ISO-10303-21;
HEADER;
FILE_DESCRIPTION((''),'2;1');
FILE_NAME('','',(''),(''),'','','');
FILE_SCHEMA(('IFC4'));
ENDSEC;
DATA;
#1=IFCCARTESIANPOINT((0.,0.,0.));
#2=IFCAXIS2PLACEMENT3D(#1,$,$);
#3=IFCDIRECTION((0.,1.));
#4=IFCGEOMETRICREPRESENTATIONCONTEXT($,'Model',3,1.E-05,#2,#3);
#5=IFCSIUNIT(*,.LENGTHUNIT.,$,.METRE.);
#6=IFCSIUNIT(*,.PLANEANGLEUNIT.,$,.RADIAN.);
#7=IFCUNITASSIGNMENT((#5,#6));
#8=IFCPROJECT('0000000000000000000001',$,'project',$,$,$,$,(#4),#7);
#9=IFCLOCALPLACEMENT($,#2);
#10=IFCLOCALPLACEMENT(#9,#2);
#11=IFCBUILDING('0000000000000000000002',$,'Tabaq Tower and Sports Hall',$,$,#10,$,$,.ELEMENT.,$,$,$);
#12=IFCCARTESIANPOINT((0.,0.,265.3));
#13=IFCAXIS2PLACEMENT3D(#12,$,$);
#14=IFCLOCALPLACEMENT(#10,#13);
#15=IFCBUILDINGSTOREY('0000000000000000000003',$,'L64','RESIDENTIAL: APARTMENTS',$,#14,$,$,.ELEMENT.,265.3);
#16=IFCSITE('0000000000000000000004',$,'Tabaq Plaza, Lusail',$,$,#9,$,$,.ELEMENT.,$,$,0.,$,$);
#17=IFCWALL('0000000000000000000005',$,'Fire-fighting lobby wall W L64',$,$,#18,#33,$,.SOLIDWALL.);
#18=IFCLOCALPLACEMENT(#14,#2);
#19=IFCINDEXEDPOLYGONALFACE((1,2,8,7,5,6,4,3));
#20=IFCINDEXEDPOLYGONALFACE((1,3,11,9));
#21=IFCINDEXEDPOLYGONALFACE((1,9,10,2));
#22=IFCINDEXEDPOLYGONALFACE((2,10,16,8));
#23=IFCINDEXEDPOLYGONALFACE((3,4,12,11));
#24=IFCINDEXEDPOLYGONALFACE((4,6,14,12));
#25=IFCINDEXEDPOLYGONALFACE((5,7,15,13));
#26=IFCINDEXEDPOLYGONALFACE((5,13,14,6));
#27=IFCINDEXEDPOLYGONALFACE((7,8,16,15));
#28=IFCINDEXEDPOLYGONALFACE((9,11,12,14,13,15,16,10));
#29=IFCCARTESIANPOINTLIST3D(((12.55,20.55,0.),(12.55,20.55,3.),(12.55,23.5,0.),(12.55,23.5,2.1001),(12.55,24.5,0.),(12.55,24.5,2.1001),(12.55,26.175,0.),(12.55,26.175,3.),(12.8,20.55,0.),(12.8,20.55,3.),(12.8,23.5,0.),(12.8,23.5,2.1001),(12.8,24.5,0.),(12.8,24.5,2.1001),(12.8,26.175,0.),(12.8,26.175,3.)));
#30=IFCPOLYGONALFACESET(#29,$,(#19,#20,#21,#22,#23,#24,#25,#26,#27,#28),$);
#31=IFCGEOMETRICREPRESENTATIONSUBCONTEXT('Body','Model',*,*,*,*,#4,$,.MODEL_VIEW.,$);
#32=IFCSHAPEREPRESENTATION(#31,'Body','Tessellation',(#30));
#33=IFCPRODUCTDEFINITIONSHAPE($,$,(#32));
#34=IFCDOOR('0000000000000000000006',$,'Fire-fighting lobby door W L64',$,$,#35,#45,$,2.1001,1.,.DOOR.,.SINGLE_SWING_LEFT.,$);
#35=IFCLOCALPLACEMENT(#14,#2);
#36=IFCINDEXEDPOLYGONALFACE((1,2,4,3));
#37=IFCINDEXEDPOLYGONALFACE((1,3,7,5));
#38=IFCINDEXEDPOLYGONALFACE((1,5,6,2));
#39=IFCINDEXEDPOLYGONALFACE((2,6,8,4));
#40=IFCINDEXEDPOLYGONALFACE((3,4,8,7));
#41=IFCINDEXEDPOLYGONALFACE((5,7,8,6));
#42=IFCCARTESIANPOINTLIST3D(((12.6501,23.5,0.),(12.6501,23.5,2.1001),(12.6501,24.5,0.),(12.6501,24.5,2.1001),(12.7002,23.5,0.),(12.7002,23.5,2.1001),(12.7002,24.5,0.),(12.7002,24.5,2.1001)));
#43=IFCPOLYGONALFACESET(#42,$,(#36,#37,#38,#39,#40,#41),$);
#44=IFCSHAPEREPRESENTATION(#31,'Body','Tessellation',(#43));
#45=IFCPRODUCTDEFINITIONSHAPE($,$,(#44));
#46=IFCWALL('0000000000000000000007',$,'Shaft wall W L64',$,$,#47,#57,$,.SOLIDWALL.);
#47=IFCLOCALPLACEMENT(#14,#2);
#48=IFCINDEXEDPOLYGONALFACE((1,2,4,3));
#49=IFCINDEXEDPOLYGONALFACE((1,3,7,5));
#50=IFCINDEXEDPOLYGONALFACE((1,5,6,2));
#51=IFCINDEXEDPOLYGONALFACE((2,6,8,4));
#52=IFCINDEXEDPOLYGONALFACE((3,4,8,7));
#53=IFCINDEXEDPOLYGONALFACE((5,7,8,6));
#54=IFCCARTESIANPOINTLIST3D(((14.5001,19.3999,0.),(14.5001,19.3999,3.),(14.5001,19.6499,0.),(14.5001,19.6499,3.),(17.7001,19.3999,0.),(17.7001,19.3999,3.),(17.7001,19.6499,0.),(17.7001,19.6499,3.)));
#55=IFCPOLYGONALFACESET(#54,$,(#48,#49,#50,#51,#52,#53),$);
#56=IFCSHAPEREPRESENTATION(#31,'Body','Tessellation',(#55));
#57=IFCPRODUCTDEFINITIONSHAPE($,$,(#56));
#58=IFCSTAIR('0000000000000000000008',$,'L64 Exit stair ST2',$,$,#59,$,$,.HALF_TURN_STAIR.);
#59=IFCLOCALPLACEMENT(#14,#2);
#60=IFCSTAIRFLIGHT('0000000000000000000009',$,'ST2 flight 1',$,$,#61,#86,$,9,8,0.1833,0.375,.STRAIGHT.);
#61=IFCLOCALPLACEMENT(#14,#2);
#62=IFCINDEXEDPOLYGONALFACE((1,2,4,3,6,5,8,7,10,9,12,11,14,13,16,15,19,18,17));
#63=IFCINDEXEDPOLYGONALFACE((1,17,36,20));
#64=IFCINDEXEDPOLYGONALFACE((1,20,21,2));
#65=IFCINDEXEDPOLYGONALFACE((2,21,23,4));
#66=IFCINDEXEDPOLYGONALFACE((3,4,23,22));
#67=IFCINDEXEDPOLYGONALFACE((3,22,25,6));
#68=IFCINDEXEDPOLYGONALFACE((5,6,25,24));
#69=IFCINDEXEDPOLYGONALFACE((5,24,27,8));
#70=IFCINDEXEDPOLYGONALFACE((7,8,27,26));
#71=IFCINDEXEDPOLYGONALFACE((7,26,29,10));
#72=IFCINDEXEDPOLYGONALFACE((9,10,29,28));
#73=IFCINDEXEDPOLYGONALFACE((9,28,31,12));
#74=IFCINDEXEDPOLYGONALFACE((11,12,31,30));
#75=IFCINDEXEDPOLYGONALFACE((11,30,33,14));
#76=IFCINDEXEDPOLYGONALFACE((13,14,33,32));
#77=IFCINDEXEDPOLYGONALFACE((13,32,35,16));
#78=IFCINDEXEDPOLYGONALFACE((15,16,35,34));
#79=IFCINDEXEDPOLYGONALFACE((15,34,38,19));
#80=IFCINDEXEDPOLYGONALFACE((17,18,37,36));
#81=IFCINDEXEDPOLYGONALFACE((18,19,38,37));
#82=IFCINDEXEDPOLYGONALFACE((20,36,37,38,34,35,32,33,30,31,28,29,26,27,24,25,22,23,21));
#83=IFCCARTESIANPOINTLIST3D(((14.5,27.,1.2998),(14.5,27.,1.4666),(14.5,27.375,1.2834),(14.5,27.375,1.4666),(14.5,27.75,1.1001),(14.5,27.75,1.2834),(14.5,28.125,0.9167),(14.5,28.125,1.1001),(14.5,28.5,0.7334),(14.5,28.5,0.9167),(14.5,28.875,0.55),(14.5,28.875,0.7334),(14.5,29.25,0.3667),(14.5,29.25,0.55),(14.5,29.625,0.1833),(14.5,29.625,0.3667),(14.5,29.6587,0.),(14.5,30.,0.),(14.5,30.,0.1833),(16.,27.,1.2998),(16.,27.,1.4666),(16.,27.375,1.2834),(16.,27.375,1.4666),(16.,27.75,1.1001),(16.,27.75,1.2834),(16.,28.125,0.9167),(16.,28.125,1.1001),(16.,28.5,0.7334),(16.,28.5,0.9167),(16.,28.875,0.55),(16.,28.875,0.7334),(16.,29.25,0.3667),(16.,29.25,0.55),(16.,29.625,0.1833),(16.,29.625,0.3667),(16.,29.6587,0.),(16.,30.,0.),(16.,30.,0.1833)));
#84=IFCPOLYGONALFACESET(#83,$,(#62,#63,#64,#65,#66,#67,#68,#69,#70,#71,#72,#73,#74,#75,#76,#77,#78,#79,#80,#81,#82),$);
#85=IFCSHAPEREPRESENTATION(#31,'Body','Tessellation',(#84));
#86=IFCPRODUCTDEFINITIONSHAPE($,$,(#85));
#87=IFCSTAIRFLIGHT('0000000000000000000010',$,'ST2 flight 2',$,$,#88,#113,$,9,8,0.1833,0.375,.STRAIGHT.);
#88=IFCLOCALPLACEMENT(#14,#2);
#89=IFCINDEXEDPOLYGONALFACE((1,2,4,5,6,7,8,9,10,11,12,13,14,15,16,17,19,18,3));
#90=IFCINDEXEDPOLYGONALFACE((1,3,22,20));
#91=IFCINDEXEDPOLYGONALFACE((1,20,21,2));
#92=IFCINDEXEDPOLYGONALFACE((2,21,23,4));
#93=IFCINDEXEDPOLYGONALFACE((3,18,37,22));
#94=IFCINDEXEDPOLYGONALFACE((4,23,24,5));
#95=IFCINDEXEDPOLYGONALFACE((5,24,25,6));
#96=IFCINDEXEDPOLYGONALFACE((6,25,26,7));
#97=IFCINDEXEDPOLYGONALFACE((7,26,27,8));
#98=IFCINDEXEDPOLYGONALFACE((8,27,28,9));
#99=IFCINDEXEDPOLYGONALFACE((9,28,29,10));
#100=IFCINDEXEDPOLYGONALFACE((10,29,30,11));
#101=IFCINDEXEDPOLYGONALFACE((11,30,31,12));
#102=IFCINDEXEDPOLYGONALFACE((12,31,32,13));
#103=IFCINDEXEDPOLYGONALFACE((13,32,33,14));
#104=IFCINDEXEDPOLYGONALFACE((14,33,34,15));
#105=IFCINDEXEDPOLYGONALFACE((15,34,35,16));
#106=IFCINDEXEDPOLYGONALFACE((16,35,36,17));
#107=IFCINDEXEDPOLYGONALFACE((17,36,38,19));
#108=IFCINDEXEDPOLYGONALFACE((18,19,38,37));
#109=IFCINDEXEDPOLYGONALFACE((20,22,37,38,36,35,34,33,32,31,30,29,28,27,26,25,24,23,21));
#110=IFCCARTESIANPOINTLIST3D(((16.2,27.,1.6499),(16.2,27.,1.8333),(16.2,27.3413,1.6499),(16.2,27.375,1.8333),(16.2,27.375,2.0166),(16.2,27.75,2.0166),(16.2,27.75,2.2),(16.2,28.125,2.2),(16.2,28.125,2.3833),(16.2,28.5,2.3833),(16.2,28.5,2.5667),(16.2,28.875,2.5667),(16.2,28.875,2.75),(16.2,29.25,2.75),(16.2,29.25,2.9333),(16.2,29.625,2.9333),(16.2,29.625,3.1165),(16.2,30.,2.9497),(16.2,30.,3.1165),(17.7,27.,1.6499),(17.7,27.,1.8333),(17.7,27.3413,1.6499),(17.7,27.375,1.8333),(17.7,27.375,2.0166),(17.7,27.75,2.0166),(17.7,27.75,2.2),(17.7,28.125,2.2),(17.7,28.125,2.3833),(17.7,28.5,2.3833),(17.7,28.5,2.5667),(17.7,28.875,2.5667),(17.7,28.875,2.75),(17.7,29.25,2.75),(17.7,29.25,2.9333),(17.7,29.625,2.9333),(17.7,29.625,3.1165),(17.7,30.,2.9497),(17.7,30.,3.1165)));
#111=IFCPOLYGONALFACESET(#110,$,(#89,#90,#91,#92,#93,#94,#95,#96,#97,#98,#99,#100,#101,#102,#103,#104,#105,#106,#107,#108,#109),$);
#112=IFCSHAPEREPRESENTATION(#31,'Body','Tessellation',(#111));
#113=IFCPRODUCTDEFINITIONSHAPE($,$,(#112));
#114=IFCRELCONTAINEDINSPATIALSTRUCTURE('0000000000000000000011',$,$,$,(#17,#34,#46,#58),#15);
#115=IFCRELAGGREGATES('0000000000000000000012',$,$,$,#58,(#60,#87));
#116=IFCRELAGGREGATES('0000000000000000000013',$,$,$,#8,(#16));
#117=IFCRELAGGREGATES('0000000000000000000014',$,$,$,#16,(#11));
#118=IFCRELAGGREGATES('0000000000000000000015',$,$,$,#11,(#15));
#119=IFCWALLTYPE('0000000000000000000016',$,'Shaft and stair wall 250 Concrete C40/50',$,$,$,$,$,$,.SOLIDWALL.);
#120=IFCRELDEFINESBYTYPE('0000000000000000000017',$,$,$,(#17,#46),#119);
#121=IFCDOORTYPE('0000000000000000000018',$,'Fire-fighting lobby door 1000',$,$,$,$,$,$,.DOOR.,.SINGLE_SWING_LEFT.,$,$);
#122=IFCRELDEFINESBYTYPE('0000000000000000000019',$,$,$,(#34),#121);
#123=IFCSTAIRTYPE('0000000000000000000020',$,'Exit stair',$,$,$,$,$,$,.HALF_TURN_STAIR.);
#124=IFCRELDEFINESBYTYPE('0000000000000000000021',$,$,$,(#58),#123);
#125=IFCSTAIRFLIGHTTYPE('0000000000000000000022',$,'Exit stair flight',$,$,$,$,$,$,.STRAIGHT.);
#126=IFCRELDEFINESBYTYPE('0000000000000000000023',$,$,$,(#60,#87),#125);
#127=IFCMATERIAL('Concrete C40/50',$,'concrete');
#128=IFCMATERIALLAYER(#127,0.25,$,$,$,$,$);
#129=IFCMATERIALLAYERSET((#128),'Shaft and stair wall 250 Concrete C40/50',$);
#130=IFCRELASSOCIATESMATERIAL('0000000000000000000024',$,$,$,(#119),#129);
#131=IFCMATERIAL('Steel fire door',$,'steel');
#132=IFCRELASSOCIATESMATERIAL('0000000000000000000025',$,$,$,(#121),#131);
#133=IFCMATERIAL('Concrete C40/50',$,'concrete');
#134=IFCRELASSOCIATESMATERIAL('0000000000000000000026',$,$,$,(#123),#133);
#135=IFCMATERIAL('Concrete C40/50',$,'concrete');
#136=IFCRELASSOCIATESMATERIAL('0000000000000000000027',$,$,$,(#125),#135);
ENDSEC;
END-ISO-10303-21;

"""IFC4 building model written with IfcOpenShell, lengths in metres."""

from ifc_helpers import new_model, si_unit, direction, frame, frame_2d, origin, place, context, subcontext, project, spatial, polyline, rectangle, outline, extrude, material, layer, layer_set, type_object, element, fill, aggregate, save


model = new_model("IFC4")

# Units and contexts
model_context = context("Model", 3, precision=1e-05, world=origin(), true_north=direction((0.0, 1.0)))
body_context = subcontext(model_context, "Body", "Model", "MODEL_VIEW")
ifc_project = project(units=[si_unit("LENGTHUNIT", "METRE"), si_unit("PLANEANGLEUNIT", "RADIAN")], contexts=[model_context])

# Site, building, storey
site_placement = place(None, origin())
site = spatial("IfcSite", under=ifc_project, at=site_placement, Name="Tabaq Plaza, Lusail", CompositionType="ELEMENT", RefElevation=0.0)
building_placement = place(site_placement, origin())
building = spatial("IfcBuilding", under=site, at=building_placement, Name="Tabaq Tower and Sports Hall", CompositionType="ELEMENT")
storey_placement = place(building_placement, frame((0.0, 0.0, 265.3)))
storey = spatial("IfcBuildingStorey", under=building, at=storey_placement, Name="L64", Description="RESIDENTIAL: APARTMENTS", CompositionType="ELEMENT", Elevation=265.3)

# Shared definitions
ifc_material_1 = material(Name="Concrete C40/50", Category="concrete")
ifc_layer_1 = layer(ifc_material_1, 0.25)
ifc_layer_set_1 = layer_set([ifc_layer_1], Name="Shaft and stair wall 250 Concrete C40/50")
wall_type_1 = type_object("IfcWallType", Name="Shaft and stair wall 250 Concrete C40/50", PredefinedType="SOLIDWALL", material=ifc_layer_set_1)

# Shared definitions
ifc_material_2 = material(Name="Steel fire door", Category="steel")
door_type_1 = type_object("IfcDoorType", Name="Fire-fighting lobby door 1000", OperationType="SINGLE_SWING_LEFT", PredefinedType="DOOR", material=ifc_material_2)

# Wall, opening, door
wall_1_placement = place(storey_placement, frame((12.675, 20.55, 0.0), z_axis=(0.0, 0.0, 1.0), x_axis=(0.0, 1.0, 0.0)))
wall_1 = element("IfcWall", 1, at=wall_1_placement, inside=storey, type_object=wall_type_1, Name="Fire-fighting lobby wall W L64", PredefinedType="SOLIDWALL", context=body_context, shape_type="SweptSolid", body=[
    extrude(rectangle(XDim=5.625, YDim=0.25, at=frame_2d((2.8125, 0.0))), origin(), (0.0, 0.0, 1.0), 3.0),
])
opening_1_placement = place(wall_1_placement, frame((2.95, 0.0, 0.0)))
opening_1 = element("IfcOpeningElement", 2, at=opening_1_placement, cuts=wall_1, PredefinedType="OPENING", context=body_context, shape_type="SweptSolid", body=[
    extrude(rectangle(XDim=1.0, YDim=2.1001, at=frame_2d((0.5, 1.05))), frame((0.0, 0.125, 0.0), z_axis=(0.0, -1.0, 0.0), x_axis=(1.0, 0.0, 0.0)), (0.0, 0.0, 1.0), 0.25),
])
door_1_placement = place(opening_1_placement, origin())
door_1 = element("IfcDoor", 3, at=door_1_placement, inside=storey, type_object=door_type_1, Name="Fire-fighting lobby door W L64", OperationType="SINGLE_SWING_LEFT", OverallHeight=2.1001, OverallWidth=1.0, PredefinedType="DOOR", context=body_context, shape_type="SweptSolid", body=[
    extrude(rectangle(XDim=1.0, YDim=2.1001, at=frame_2d((0.5, 1.05))), frame((0.0, 0.0249, 0.0), z_axis=(0.0, -1.0, 0.0), x_axis=(1.0, 0.0, 0.0)), (0.0, 0.0, 1.0), 0.05),
])
fill(opening_1, door_1)

# Wall
wall_2_placement = place(storey_placement, frame((14.5, 19.5249, 0.0), z_axis=(0.0, 0.0, 1.0), x_axis=(1.0, 0.0, 0.0)))
element("IfcWall", 4, at=wall_2_placement, inside=storey, type_object=wall_type_1, Name="Shaft wall W L64", PredefinedType="SOLIDWALL", context=body_context, shape_type="SweptSolid", body=[
    extrude(rectangle(XDim=3.2, YDim=0.25, at=frame_2d((1.6001, 0.0))), origin(), (0.0, 0.0, 1.0), 3.0),
])

# Stair, stair flights
ifc_material_3 = material(Name="Concrete C40/50", Category="concrete")
stair_type = type_object("IfcStairType", Name="Exit stair", PredefinedType="HALF_TURN_STAIR", material=ifc_material_3)
stair_placement = place(storey_placement, origin())
stair = element("IfcStair", 5, at=stair_placement, inside=storey, type_object=stair_type, Name="L64 Exit stair ST2", PredefinedType="HALF_TURN_STAIR")
ifc_material_4 = material(Name="Concrete C40/50", Category="concrete")
stair_flight_type = type_object("IfcStairFlightType", Name="Exit stair flight", PredefinedType="STRAIGHT", material=ifc_material_4)
stair_flight_1_placement = place(storey_placement, frame((15.25, 30.0, 0.0), z_axis=(0.0, 0.0, 1.0), x_axis=(0.0, -1.0, 0.0)))
stair_flight_1 = element("IfcStairFlight", 6, at=stair_flight_1_placement, type_object=stair_flight_type, Name="ST2 flight 1", NumberOfRisers=9, NumberOfTreads=8, PredefinedType="STRAIGHT", RiserHeight=0.1833, TreadLength=0.375, context=body_context, shape_type="SweptSolid", body=[
    extrude(outline(polyline([(0.0, 0.0), (0.0, 0.1833), (0.375, 0.1833), (0.375, 0.3667), (0.75, 0.3667), (0.75, 0.55), (1.125, 0.55), (1.125, 0.7334), (1.5, 0.7334), (1.5, 0.9167), (1.875, 0.9167), (1.875, 1.1001), (2.25, 1.1001), (2.25, 1.2834), (2.625, 1.2834), (2.625, 1.4666), (3.0, 1.4666), (3.0, 1.6499), (3.0, 1.2998), (0.3413, 0.0), (0.0, 0.0)])), frame((0.0, 0.75, 0.0), z_axis=(0.0, -1.0, 0.0), x_axis=(1.0, 0.0, 0.0)), (0.0, 0.0, 1.0), 1.5),
])
stair_flight_2_placement = place(storey_placement, frame((16.95, 27.0, 1.6499), z_axis=(0.0, 0.0, 1.0), x_axis=(0.0, 1.0, 0.0)))
stair_flight_2 = element("IfcStairFlight", 7, at=stair_flight_2_placement, type_object=stair_flight_type, Name="ST2 flight 2", NumberOfRisers=9, NumberOfTreads=8, PredefinedType="STRAIGHT", RiserHeight=0.1833, TreadLength=0.375, context=body_context, shape_type="SweptSolid", body=[
    extrude(outline(polyline([(0.0, 0.0), (0.0, 0.1833), (0.375, 0.1833), (0.375, 0.3667), (0.75, 0.3667), (0.75, 0.55), (1.125, 0.55), (1.125, 0.7334), (1.5, 0.7334), (1.5, 0.9167), (1.875, 0.9167), (1.875, 1.1001), (2.25, 1.1001), (2.25, 1.2834), (2.625, 1.2834), (2.625, 1.4666), (3.0, 1.4666), (3.0, 1.6499), (3.0, 1.2998), (0.3413, 0.0), (0.0, 0.0)])), frame((0.0, 0.75, 0.0), z_axis=(0.0, -1.0, 0.0), x_axis=(1.0, 0.0, 0.0)), (0.0, 0.0, 1.0), 1.5),
])
aggregate(stair, [stair_flight_1, stair_flight_2])

save(model, "model.ifc")
